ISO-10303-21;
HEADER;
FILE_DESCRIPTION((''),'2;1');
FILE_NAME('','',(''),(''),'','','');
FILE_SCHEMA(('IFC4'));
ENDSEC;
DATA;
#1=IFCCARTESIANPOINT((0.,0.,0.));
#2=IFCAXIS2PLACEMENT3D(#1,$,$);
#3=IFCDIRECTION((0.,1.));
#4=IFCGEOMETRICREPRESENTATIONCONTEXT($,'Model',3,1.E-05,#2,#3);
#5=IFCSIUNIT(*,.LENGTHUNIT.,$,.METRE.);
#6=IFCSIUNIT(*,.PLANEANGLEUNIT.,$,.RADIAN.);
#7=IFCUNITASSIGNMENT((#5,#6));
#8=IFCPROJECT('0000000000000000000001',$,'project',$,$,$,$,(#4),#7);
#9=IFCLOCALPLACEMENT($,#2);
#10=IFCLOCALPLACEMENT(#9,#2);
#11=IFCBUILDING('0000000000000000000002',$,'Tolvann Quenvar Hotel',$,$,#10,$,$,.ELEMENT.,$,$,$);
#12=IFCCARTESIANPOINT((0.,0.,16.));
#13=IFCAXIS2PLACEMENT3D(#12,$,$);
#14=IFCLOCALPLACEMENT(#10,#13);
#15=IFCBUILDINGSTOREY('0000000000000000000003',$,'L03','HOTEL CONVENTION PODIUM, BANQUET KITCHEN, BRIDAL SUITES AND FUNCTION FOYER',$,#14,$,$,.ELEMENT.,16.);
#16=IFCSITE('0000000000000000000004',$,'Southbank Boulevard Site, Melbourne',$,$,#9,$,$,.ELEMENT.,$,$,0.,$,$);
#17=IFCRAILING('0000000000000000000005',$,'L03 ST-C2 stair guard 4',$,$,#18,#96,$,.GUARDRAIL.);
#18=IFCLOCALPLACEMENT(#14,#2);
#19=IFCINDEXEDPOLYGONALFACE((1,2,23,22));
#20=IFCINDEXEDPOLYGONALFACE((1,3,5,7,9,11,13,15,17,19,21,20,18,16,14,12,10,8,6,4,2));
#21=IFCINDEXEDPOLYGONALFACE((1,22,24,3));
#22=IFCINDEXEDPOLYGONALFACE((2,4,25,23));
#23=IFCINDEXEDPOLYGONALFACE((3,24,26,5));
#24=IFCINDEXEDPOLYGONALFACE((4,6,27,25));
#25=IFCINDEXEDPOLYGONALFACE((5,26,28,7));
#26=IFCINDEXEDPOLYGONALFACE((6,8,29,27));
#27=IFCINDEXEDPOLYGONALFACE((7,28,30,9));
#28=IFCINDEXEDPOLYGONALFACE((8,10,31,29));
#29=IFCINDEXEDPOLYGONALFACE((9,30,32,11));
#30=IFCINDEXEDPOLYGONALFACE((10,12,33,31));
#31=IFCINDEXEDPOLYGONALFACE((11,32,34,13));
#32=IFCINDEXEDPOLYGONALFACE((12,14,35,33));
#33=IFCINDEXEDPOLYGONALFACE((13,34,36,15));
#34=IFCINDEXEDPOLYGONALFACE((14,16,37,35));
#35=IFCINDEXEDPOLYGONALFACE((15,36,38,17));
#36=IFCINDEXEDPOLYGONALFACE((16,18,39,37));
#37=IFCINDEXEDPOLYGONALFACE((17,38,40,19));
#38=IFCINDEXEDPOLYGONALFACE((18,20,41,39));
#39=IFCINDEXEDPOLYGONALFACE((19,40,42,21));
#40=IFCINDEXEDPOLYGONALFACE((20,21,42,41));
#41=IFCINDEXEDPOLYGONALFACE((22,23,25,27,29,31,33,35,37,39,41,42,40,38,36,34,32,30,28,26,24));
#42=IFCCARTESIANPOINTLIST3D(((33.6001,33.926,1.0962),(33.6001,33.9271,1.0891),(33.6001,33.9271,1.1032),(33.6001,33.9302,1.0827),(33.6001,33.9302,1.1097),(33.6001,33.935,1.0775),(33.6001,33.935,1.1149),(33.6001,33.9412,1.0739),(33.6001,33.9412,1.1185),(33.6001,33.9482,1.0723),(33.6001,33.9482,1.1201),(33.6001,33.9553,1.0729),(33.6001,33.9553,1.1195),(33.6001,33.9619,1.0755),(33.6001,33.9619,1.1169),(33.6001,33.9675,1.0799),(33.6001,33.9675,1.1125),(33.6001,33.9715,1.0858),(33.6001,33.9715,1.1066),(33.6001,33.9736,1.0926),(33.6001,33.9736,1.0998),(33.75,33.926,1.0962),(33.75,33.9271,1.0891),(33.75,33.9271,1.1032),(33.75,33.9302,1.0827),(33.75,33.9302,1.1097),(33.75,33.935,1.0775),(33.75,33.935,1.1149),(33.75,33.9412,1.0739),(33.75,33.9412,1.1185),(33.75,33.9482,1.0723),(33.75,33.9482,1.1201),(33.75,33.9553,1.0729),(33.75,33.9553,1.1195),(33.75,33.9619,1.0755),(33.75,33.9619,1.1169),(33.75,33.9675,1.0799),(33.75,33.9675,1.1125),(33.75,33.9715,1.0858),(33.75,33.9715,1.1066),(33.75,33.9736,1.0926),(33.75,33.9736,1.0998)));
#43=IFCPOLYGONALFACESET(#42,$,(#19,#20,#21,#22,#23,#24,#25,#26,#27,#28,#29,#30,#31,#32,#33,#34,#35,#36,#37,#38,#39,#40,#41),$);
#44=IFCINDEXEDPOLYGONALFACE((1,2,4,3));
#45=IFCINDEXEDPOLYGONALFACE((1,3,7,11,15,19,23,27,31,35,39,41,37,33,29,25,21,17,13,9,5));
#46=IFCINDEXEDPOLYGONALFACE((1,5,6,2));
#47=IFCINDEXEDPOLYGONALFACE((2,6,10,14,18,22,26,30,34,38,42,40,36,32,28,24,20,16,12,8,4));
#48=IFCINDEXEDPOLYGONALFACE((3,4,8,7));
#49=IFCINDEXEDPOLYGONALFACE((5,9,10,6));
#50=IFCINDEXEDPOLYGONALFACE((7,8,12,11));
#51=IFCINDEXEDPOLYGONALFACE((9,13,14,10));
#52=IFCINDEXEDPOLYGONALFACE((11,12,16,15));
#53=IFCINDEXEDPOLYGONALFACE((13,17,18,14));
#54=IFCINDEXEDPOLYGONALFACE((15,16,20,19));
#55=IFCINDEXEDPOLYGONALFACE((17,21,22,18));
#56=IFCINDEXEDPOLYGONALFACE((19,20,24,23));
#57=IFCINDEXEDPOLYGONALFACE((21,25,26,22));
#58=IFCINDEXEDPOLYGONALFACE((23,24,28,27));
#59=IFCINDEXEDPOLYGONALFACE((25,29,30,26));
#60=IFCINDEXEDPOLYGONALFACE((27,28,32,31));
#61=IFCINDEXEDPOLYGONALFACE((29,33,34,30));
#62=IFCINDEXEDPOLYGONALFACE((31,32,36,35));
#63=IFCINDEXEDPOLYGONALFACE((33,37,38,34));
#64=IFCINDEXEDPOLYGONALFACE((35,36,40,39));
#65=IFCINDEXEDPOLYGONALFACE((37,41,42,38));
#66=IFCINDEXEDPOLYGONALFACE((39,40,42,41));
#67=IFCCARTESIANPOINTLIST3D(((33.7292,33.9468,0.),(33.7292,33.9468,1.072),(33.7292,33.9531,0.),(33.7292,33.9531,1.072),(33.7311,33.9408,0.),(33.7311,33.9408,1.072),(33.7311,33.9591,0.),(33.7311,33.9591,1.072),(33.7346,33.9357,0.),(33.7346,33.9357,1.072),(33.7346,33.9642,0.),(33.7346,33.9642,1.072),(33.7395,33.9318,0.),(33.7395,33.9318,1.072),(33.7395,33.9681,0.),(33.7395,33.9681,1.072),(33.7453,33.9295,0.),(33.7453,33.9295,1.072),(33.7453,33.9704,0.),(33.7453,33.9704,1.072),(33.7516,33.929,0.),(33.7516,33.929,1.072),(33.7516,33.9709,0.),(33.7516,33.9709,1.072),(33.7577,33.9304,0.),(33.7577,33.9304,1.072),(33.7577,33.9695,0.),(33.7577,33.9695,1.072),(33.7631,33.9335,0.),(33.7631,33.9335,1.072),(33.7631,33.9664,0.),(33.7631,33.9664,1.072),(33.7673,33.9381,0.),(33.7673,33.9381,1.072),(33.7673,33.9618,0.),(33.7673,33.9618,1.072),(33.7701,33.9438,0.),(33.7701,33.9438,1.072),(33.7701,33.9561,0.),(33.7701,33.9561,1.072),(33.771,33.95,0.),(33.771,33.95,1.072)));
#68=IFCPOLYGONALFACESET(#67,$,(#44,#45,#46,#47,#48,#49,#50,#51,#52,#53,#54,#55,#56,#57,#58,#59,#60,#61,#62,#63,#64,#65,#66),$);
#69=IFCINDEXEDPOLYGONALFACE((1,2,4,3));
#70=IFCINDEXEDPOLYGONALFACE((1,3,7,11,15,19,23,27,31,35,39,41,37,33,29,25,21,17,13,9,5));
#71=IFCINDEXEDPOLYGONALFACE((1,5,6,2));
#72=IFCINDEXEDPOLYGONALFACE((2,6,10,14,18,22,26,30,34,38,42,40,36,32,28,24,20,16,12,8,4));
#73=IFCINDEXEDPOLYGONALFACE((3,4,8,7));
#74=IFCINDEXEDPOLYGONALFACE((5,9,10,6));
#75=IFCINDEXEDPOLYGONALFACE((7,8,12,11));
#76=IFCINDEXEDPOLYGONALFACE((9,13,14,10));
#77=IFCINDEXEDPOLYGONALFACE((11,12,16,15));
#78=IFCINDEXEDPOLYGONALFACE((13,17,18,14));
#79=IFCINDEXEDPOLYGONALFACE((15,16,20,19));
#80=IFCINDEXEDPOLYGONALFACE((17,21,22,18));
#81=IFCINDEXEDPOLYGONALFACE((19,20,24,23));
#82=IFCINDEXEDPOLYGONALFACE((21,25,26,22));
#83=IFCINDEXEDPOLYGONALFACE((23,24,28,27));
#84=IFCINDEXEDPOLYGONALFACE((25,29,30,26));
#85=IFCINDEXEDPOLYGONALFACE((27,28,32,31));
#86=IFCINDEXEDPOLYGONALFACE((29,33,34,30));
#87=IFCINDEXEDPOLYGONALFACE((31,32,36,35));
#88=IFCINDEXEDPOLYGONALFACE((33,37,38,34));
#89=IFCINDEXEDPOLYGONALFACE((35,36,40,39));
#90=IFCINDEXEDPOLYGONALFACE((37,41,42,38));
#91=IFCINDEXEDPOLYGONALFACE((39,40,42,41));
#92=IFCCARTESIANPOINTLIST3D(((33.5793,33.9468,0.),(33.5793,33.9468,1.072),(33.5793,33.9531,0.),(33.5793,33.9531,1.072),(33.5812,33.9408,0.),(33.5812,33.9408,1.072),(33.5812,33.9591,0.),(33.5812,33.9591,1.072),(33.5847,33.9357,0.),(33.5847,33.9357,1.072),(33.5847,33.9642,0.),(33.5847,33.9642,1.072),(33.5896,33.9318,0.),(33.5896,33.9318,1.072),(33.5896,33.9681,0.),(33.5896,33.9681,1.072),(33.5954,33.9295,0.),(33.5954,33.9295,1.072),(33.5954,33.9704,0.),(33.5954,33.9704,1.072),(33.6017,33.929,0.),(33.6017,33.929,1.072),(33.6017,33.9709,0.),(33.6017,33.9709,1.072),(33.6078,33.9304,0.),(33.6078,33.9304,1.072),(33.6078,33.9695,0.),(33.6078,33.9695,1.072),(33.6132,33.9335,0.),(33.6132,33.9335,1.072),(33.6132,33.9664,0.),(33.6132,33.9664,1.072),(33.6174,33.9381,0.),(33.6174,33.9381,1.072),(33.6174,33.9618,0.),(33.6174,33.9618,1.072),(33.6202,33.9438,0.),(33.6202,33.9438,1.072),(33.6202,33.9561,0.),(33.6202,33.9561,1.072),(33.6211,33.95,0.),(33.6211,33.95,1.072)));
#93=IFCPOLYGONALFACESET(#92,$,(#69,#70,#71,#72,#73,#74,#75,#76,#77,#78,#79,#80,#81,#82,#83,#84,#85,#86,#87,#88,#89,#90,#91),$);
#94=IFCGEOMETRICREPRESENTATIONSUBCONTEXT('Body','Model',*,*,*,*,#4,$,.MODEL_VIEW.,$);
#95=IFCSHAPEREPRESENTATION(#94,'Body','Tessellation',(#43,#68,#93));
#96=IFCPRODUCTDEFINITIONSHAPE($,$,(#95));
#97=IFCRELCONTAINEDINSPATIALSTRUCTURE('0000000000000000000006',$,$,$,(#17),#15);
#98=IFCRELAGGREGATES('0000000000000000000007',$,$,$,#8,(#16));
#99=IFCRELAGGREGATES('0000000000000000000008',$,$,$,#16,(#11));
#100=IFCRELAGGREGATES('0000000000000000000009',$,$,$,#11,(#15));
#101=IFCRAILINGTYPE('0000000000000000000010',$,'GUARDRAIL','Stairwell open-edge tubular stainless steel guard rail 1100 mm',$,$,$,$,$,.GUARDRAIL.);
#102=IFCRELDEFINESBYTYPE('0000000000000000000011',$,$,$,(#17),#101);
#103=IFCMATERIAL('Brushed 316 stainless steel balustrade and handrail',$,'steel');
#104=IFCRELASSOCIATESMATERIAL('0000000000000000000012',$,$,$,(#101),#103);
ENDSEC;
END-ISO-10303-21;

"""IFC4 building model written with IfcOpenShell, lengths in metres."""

from ifc_helpers import new_model, si_unit, direction, frame, origin, origin_2d, place, context, subcontext, project, spatial, circle, extrude, material, type_object, element, save


model = new_model("IFC4")

# Units and contexts
model_context = context("Model", 3, precision=1e-05, world=origin(), true_north=direction((0.0, 1.0)))
body_context = subcontext(model_context, "Body", "Model", "MODEL_VIEW")
ifc_project = project(units=[si_unit("LENGTHUNIT", "METRE"), si_unit("PLANEANGLEUNIT", "RADIAN")], contexts=[model_context])

# Site, building, storey
site_placement = place(None, origin())
site = spatial("IfcSite", under=ifc_project, at=site_placement, Name="Southbank Boulevard Site, Melbourne", CompositionType="ELEMENT", RefElevation=0.0)
building_placement = place(site_placement, origin())
building = spatial("IfcBuilding", under=site, at=building_placement, Name="Tolvann Quenvar Hotel", CompositionType="ELEMENT")
storey_placement = place(building_placement, frame((0.0, 0.0, 16.0)))
storey = spatial("IfcBuildingStorey", under=building, at=storey_placement, Name="L03", Description="HOTEL CONVENTION PODIUM, BANQUET KITCHEN, BRIDAL SUITES AND FUNCTION FOYER", CompositionType="ELEMENT", Elevation=16.0)

# Railing
ifc_material_1 = material(Name="Brushed 316 stainless steel balustrade and handrail", Category="steel")
railing_type = type_object("IfcRailingType", Name="GUARDRAIL", Description="Stairwell open-edge tubular stainless steel guard rail 1100 mm", PredefinedType="GUARDRAIL", material=ifc_material_1)
railing_1_placement = place(storey_placement, frame((33.75, 33.95, 0.0)))
element("IfcRailing", 1, at=railing_1_placement, inside=storey, type_object=railing_type, Name="L03 ST-C2 stair guard 4", PredefinedType="GUARDRAIL", context=body_context, shape_type="SweptSolid", body=[
    extrude(circle(Radius=0.0239, at=origin_2d()), frame((0.0, 0.0, 1.0962), z_axis=(-1.0, 0.0, 0.0), x_axis=(0.0, -1.0, 0.0)), (0.0, 0.0, 1.0), 0.1499),
    extrude(circle(Radius=0.021, at=origin_2d()), origin(), (0.0, 0.0, 1.0), 1.072),
    extrude(circle(Radius=0.021, at=origin_2d()), frame((-0.1499, 0.0, 0.0)), (0.0, 0.0, 1.0), 1.072),
])

save(model, "model.ifc")
